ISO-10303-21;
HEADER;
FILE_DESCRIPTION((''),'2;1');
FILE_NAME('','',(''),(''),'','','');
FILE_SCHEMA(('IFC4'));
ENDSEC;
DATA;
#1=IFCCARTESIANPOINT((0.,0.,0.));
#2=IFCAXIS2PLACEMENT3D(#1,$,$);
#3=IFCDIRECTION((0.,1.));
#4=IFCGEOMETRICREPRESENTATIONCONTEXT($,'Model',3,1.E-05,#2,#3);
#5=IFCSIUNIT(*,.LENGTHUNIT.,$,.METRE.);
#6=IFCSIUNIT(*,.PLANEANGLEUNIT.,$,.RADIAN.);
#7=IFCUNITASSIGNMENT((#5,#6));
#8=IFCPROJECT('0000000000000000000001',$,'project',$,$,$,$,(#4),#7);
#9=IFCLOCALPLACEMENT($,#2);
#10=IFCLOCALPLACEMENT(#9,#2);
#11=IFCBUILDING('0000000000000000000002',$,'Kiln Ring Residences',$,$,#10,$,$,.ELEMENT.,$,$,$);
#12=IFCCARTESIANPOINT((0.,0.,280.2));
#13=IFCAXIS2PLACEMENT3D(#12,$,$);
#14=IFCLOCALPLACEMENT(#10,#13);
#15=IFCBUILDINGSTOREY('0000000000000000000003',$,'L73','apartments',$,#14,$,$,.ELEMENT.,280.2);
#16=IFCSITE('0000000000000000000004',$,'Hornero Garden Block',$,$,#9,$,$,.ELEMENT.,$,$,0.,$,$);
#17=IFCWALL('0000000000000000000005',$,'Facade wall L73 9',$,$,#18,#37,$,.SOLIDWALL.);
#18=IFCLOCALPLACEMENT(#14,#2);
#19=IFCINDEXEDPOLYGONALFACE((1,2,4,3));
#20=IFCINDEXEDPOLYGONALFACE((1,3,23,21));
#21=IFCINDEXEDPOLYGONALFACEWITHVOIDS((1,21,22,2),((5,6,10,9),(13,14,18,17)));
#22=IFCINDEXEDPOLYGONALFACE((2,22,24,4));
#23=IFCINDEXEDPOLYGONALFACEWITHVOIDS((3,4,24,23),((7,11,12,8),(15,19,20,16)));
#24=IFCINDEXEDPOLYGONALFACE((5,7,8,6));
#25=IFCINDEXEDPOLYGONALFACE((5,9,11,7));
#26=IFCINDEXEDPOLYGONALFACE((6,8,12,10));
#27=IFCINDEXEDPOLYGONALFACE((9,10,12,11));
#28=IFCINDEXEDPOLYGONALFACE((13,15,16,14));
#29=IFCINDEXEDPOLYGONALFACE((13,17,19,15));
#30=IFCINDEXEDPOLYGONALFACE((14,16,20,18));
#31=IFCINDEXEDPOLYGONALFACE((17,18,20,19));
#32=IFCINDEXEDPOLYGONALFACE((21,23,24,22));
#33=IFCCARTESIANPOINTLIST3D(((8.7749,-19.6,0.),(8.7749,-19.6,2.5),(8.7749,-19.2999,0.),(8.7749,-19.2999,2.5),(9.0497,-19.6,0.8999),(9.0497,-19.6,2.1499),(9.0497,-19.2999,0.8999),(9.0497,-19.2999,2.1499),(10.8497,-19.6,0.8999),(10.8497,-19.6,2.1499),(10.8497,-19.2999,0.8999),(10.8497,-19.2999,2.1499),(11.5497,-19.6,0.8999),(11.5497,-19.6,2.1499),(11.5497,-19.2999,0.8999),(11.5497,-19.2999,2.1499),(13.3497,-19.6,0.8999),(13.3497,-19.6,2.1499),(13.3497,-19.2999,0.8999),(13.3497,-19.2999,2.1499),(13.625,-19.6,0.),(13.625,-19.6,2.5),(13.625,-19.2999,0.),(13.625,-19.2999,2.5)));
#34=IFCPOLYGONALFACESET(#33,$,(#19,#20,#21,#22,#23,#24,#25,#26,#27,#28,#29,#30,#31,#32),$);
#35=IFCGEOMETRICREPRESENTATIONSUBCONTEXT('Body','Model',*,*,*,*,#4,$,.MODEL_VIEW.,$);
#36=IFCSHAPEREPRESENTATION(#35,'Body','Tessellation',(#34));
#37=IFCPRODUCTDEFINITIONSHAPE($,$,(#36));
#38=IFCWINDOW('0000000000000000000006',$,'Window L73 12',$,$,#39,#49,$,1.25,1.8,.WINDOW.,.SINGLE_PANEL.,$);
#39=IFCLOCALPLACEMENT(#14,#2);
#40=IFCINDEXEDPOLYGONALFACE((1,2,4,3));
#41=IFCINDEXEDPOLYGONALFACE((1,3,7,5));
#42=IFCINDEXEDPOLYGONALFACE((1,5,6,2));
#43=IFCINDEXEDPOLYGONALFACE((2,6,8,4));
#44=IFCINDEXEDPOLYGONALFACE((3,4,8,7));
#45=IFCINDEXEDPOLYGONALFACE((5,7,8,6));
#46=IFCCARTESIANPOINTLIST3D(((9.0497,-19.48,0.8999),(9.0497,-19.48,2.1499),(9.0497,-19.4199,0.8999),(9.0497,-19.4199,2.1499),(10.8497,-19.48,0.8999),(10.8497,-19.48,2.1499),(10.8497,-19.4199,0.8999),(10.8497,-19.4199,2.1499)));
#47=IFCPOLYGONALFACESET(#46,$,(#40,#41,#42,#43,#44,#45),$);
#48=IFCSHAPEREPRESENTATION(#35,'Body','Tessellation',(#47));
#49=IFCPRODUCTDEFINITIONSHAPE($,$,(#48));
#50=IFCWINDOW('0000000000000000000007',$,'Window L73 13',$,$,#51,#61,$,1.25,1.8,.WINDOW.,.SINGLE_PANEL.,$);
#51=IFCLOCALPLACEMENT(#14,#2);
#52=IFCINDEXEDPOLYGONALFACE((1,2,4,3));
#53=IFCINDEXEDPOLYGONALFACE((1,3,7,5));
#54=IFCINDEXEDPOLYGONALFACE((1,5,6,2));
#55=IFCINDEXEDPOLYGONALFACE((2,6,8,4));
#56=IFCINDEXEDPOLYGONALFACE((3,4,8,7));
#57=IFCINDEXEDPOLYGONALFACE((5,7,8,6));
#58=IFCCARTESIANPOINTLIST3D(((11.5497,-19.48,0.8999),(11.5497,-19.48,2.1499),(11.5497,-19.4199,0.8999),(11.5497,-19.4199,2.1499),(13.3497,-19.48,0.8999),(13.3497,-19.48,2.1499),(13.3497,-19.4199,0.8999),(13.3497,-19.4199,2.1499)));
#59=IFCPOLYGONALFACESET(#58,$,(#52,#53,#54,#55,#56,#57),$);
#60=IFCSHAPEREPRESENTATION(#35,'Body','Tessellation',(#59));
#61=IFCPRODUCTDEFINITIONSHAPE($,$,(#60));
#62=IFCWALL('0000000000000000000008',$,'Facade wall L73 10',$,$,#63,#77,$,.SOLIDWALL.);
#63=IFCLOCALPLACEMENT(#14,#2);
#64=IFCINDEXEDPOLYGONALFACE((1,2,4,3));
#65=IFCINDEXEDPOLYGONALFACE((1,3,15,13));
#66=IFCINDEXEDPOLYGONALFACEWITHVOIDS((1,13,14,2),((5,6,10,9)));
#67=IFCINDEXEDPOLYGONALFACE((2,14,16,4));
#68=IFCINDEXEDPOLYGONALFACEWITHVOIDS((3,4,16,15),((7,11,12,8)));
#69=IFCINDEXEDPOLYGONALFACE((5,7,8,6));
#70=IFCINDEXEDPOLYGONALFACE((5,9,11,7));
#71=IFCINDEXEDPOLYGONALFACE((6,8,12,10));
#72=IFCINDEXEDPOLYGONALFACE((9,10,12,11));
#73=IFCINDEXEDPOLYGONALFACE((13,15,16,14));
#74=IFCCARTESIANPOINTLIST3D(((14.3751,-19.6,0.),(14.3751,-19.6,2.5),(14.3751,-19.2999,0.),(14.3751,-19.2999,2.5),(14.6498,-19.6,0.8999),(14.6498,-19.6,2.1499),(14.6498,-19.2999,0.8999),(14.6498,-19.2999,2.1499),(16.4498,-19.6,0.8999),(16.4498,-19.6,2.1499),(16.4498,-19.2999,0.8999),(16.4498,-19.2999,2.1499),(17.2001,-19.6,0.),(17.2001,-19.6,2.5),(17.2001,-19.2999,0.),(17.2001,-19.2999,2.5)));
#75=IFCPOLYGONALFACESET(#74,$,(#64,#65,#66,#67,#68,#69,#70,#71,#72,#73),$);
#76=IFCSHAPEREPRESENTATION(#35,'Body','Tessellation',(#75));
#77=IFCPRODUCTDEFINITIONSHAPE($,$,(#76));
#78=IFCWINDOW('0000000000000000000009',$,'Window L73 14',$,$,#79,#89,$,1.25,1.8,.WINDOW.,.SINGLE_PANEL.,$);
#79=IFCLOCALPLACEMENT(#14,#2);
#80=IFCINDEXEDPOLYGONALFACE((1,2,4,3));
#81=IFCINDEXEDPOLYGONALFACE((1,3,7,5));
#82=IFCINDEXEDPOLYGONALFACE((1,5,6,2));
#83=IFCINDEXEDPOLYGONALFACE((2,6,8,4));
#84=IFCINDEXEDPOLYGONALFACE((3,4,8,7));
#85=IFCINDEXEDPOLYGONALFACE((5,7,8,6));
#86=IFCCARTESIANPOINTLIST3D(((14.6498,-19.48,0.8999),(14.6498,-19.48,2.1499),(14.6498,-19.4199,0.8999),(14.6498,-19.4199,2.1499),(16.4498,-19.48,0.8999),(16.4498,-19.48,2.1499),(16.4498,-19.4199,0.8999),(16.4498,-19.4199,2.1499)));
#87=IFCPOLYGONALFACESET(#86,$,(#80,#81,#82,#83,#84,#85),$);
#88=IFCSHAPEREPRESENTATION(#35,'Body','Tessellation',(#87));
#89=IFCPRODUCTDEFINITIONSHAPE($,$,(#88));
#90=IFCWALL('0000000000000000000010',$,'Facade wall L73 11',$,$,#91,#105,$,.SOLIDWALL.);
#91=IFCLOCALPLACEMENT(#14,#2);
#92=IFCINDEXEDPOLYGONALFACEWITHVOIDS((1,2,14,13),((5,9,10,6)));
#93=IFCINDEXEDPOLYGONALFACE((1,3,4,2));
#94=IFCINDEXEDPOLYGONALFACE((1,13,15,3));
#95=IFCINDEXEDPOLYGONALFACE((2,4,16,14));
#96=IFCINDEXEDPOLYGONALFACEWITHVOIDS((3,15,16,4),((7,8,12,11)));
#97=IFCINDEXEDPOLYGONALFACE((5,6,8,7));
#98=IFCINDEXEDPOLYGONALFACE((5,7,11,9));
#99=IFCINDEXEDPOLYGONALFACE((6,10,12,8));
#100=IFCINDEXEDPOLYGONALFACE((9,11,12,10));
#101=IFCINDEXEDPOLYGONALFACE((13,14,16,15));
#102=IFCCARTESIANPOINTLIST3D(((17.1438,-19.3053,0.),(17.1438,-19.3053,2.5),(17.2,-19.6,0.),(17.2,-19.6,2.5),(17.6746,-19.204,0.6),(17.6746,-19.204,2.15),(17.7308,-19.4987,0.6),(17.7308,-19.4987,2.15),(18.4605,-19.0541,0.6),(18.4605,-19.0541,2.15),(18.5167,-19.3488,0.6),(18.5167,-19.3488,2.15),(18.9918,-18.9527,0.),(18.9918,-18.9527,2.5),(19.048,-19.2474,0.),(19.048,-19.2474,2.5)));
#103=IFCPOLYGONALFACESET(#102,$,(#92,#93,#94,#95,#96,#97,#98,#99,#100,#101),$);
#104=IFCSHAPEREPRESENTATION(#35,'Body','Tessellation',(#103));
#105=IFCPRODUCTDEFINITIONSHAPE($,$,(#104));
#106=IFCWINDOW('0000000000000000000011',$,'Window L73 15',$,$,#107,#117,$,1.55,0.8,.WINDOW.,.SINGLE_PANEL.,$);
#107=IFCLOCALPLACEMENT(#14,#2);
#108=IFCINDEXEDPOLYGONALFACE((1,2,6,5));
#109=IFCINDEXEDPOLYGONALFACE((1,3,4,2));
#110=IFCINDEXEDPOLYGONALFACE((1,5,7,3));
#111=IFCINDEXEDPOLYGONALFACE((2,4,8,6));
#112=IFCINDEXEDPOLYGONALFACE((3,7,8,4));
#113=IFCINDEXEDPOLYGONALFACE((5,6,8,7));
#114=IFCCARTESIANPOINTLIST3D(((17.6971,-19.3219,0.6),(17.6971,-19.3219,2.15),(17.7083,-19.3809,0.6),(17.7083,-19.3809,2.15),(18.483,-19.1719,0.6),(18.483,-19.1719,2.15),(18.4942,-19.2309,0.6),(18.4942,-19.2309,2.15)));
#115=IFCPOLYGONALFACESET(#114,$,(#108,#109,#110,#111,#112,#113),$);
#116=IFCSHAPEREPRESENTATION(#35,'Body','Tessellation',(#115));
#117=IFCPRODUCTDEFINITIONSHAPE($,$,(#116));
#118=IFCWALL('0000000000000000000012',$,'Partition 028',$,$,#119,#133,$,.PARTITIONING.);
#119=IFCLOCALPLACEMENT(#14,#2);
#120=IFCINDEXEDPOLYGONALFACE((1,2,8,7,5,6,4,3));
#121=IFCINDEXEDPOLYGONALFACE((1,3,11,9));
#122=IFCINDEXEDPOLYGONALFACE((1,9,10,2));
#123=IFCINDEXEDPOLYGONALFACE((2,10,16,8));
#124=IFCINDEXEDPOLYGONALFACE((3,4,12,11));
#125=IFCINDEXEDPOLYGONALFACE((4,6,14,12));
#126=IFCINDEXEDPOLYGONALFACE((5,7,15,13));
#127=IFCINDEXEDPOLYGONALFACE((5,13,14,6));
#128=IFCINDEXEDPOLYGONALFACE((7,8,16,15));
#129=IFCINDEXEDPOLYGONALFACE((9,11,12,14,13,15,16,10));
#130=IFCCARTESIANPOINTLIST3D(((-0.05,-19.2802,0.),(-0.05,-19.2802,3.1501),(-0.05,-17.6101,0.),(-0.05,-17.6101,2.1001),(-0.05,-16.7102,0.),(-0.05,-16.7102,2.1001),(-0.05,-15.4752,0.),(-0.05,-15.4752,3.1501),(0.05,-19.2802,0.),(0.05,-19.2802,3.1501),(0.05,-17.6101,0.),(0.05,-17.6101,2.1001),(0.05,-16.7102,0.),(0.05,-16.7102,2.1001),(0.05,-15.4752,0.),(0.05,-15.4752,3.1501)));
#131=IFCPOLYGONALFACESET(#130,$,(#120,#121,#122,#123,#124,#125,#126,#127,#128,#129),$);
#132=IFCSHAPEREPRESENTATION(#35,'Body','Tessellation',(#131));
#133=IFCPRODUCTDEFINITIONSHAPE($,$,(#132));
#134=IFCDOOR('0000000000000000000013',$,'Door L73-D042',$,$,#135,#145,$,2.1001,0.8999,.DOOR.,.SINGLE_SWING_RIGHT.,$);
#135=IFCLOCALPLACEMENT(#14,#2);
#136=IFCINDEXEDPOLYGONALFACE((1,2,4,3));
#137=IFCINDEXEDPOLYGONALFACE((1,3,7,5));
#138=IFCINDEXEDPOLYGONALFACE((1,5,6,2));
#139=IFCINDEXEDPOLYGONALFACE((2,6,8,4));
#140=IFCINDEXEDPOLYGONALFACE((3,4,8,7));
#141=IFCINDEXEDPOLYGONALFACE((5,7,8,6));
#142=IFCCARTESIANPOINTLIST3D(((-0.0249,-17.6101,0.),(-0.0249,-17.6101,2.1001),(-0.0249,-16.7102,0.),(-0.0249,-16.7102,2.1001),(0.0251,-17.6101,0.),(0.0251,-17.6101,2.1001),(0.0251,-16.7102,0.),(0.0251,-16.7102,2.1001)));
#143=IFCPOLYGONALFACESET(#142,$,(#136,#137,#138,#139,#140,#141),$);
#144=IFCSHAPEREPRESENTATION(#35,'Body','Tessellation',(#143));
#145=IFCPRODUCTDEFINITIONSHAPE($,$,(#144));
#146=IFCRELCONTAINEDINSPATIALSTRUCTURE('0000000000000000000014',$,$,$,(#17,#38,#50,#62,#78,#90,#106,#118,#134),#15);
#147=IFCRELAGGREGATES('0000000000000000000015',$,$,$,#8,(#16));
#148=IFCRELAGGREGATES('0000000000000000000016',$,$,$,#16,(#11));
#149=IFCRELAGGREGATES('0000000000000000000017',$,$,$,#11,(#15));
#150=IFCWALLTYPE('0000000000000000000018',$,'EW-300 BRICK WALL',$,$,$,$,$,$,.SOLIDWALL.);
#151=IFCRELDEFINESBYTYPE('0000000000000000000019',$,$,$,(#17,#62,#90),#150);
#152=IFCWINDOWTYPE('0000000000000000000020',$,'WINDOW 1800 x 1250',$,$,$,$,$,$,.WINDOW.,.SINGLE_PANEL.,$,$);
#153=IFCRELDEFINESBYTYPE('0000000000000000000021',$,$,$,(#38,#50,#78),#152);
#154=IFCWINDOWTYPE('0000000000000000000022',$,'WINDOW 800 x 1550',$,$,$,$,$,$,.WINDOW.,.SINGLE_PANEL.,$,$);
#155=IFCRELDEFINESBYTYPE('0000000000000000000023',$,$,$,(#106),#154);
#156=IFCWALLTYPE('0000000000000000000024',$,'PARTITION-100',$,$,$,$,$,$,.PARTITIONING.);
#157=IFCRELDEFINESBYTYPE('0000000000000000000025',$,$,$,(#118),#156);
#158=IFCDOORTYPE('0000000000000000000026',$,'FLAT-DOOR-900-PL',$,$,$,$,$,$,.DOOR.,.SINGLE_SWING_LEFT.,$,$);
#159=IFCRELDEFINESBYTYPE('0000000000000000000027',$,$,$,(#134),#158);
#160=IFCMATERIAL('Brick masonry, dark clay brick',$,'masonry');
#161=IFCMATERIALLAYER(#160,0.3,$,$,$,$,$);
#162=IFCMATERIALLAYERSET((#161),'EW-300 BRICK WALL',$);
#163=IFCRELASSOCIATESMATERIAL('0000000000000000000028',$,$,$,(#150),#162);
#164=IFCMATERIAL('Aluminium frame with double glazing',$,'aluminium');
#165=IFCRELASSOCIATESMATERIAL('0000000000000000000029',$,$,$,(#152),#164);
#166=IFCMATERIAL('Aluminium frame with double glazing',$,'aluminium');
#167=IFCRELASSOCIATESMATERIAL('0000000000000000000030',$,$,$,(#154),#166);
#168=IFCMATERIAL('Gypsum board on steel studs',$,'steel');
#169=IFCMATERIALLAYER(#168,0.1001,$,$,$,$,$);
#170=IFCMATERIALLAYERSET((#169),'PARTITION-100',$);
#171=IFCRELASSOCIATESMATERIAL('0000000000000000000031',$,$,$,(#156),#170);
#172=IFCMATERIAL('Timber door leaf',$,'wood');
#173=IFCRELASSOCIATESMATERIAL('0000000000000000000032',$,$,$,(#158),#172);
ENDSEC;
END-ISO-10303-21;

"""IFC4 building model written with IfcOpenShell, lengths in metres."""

from ifc_helpers import new_model, si_unit, direction, frame, frame_2d, origin, place, context, subcontext, project, spatial, rectangle, extrude, material, layer, layer_set, type_object, element, fill, save


model = new_model("IFC4")

# Units and contexts
model_context = context("Model", 3, precision=1e-05, world=origin(), true_north=direction((0.0, 1.0)))
body_context = subcontext(model_context, "Body", "Model", "MODEL_VIEW")
ifc_project = project(units=[si_unit("LENGTHUNIT", "METRE"), si_unit("PLANEANGLEUNIT", "RADIAN")], contexts=[model_context])

# Site, building, storey
site_placement = place(None, origin())
site = spatial("IfcSite", under=ifc_project, at=site_placement, Name="Hornero Garden Block", CompositionType="ELEMENT", RefElevation=0.0)
building_placement = place(site_placement, origin())
building = spatial("IfcBuilding", under=site, at=building_placement, Name="Kiln Ring Residences", CompositionType="ELEMENT")
storey_placement = place(building_placement, frame((0.0, 0.0, 280.2)))
storey = spatial("IfcBuildingStorey", under=building, at=storey_placement, Name="L73", Description="apartments", CompositionType="ELEMENT", Elevation=280.2)

# Wall, openings, windows
ifc_material_1 = material(Name="Brick masonry, dark clay brick", Category="masonry")
ifc_layer_1 = layer(ifc_material_1, 0.3)
ifc_layer_set_1 = layer_set([ifc_layer_1], Name="EW-300 BRICK WALL")
wall_type_1 = type_object("IfcWallType", Name="EW-300 BRICK WALL", PredefinedType="SOLIDWALL", material=ifc_layer_set_1)
ifc_material_2 = material(Name="Aluminium frame with double glazing", Category="aluminium")
window_type_1 = type_object("IfcWindowType", Name="WINDOW 1800 x 1250", PartitioningType="SINGLE_PANEL", PredefinedType="WINDOW", material=ifc_material_2)
wall_1_placement = place(storey_placement, frame((8.7749, -19.45, 0.0), z_axis=(0.0, 0.0, 1.0), x_axis=(1.0, 0.0, 0.0)))
wall_1 = element("IfcWall", 1, at=wall_1_placement, inside=storey, type_object=wall_type_1, Name="Facade wall L73 9", PredefinedType="SOLIDWALL", context=body_context, shape_type="SweptSolid", body=[
    extrude(rectangle(XDim=4.8501, YDim=0.3, at=frame_2d((2.425, 0.0))), origin(), (0.0, 0.0, 1.0), 2.5),
])
opening_1_placement = place(wall_1_placement, frame((0.2749, 0.0, 0.8999)))
opening_1 = element("IfcOpeningElement", 2, at=opening_1_placement, cuts=wall_1, PredefinedType="OPENING", context=body_context, shape_type="SweptSolid", body=[
    extrude(rectangle(XDim=1.8, YDim=1.25, at=frame_2d((0.8999, 0.625))), frame((0.0, 0.1599, 0.0), z_axis=(0.0, -1.0, 0.0), x_axis=(1.0, 0.0, 0.0)), (0.0, 0.0, 1.0), 0.3201),
])
opening_2_placement = place(wall_1_placement, frame((2.7749, 0.0, 0.8999)))
opening_2 = element("IfcOpeningElement", 3, at=opening_2_placement, cuts=wall_1, PredefinedType="OPENING", context=body_context, shape_type="SweptSolid", body=[
    extrude(rectangle(XDim=1.8, YDim=1.25, at=frame_2d((0.8999, 0.625))), frame((0.0, 0.1599, 0.0), z_axis=(0.0, -1.0, 0.0), x_axis=(1.0, 0.0, 0.0)), (0.0, 0.0, 1.0), 0.3201),
])
window_1_placement = place(opening_1_placement, origin())
window_1 = element("IfcWindow", 4, at=window_1_placement, inside=storey, type_object=window_type_1, Name="Window L73 12", OverallHeight=1.25, OverallWidth=1.8, PartitioningType="SINGLE_PANEL", PredefinedType="WINDOW", context=body_context, shape_type="SweptSolid", body=[
    extrude(rectangle(XDim=1.8, YDim=1.25, at=frame_2d((0.8999, 0.625))), frame((0.0, 0.03, 0.0), z_axis=(0.0, -1.0, 0.0), x_axis=(1.0, 0.0, 0.0)), (0.0, 0.0, 1.0), 0.0601),
])
fill(opening_1, window_1)
window_2_placement = place(opening_2_placement, origin())
window_2 = element("IfcWindow", 5, at=window_2_placement, inside=storey, type_object=window_type_1, Name="Window L73 13", OverallHeight=1.25, OverallWidth=1.8, PartitioningType="SINGLE_PANEL", PredefinedType="WINDOW", context=body_context, shape_type="SweptSolid", body=[
    extrude(rectangle(XDim=1.8, YDim=1.25, at=frame_2d((0.8999, 0.625))), frame((0.0, 0.03, 0.0), z_axis=(0.0, -1.0, 0.0), x_axis=(1.0, 0.0, 0.0)), (0.0, 0.0, 1.0), 0.0601),
])
fill(opening_2, window_2)

# Walls, openings, windows
wall_2_placement = place(storey_placement, frame((14.375, -19.45, 0.0), z_axis=(0.0, 0.0, 1.0), x_axis=(1.0, 0.0, 0.0)))
wall_2 = element("IfcWall", 6, at=wall_2_placement, inside=storey, type_object=wall_type_1, Name="Facade wall L73 10", PredefinedType="SOLIDWALL", context=body_context, shape_type="SweptSolid", body=[
    extrude(rectangle(XDim=2.825, YDim=0.3, at=frame_2d((1.4126, 0.0))), origin(), (0.0, 0.0, 1.0), 2.5),
])
opening_3_placement = place(wall_2_placement, frame((0.2749, 0.0, 0.8999)))
opening_3 = element("IfcOpeningElement", 7, at=opening_3_placement, cuts=wall_2, PredefinedType="OPENING", context=body_context, shape_type="SweptSolid", body=[
    extrude(rectangle(XDim=1.8, YDim=1.25, at=frame_2d((0.8999, 0.625))), frame((0.0, 0.1599, 0.0), z_axis=(0.0, -1.0, 0.0), x_axis=(1.0, 0.0, 0.0)), (0.0, 0.0, 1.0), 0.3201),
])
window_3_placement = place(opening_3_placement, origin())
window_3 = element("IfcWindow", 8, at=window_3_placement, inside=storey, type_object=window_type_1, Name="Window L73 14", OverallHeight=1.25, OverallWidth=1.8, PartitioningType="SINGLE_PANEL", PredefinedType="WINDOW", context=body_context, shape_type="SweptSolid", body=[
    extrude(rectangle(XDim=1.8, YDim=1.25, at=frame_2d((0.8999, 0.625))), frame((0.0, 0.03, 0.0), z_axis=(0.0, -1.0, 0.0), x_axis=(1.0, 0.0, 0.0)), (0.0, 0.0, 1.0), 0.0601),
])
fill(opening_3, window_3)
wall_3_placement = place(storey_placement, frame((17.1719, -19.4526, 0.0), z_axis=(0.0, 0.0, 1.0), x_axis=(0.982284, 0.187398, 0.0)))
wall_3 = element("IfcWall", 9, at=wall_3_placement, inside=storey, type_object=wall_type_1, Name="Facade wall L73 11", PredefinedType="SOLIDWALL", context=body_context, shape_type="SweptSolid", body=[
    extrude(rectangle(XDim=1.8813, YDim=0.3, at=frame_2d((0.9407, 0.0))), origin(), (0.0, 0.0, 1.0), 2.5),
])
opening_4_placement = place(wall_3_placement, frame((0.5405, 0.0, 0.6001)))
opening_4 = element("IfcOpeningElement", 10, at=opening_4_placement, cuts=wall_3, PredefinedType="OPENING", context=body_context, shape_type="SweptSolid", body=[
    extrude(rectangle(XDim=0.8, YDim=1.55, at=frame_2d((0.3999, 0.7749))), frame((0.0, 0.1599, 0.0), z_axis=(0.0, -1.0, 0.0), x_axis=(1.0, 0.0, 0.0)), (0.0, 0.0, 1.0), 0.3201),
])
ifc_material_3 = material(Name="Aluminium frame with double glazing", Category="aluminium")
window_type_2 = type_object("IfcWindowType", Name="WINDOW 800 x 1550", PartitioningType="SINGLE_PANEL", PredefinedType="WINDOW", material=ifc_material_3)
window_4_placement = place(opening_4_placement, origin())
window_4 = element("IfcWindow", 11, at=window_4_placement, inside=storey, type_object=window_type_2, Name="Window L73 15", OverallHeight=1.55, OverallWidth=0.8, PartitioningType="SINGLE_PANEL", PredefinedType="WINDOW", context=body_context, shape_type="SweptSolid", body=[
    extrude(rectangle(XDim=0.8, YDim=1.55, at=frame_2d((0.3999, 0.7749))), frame((0.0, 0.03, 0.0), z_axis=(0.0, -1.0, 0.0), x_axis=(1.0, 0.0, 0.0)), (0.0, 0.0, 1.0), 0.0601),
])
fill(opening_4, window_4)

# Wall, opening, door
ifc_material_4 = material(Name="Gypsum board on steel studs", Category="steel")
ifc_layer_2 = layer(ifc_material_4, 0.1001)
ifc_layer_set_2 = layer_set([ifc_layer_2], Name="PARTITION-100")
wall_type_2 = type_object("IfcWallType", Name="PARTITION-100", PredefinedType="PARTITIONING", material=ifc_layer_set_2)
wall_4_placement = place(storey_placement, frame((0.0, -19.28, 0.0), z_axis=(0.0, 0.0, 1.0), x_axis=(0.0, 1.0, 0.0)))
wall_4 = element("IfcWall", 12, at=wall_4_placement, inside=storey, type_object=wall_type_2, Name="Partition 028", PredefinedType="PARTITIONING", context=body_context, shape_type="SweptSolid", body=[
    extrude(rectangle(XDim=3.8049, YDim=0.1001, at=frame_2d((1.9023, 0.0))), origin(), (0.0, 0.0, 1.0), 3.1501),
])
opening_5_placement = place(wall_4_placement, frame((1.6699, 0.0, 0.0)))
opening_5 = element("IfcOpeningElement", 13, at=opening_5_placement, cuts=wall_4, PredefinedType="OPENING", context=body_context, shape_type="SweptSolid", body=[
    extrude(rectangle(XDim=0.8999, YDim=2.1001, at=frame_2d((0.45, 1.05))), frame((0.0, 0.0601, 0.0), z_axis=(0.0, -1.0, 0.0), x_axis=(1.0, 0.0, 0.0)), (0.0, 0.0, 1.0), 0.1201),
])
ifc_material_5 = material(Name="Timber door leaf", Category="wood")
door_type_1 = type_object("IfcDoorType", Name="FLAT-DOOR-900-PL", OperationType="SINGLE_SWING_LEFT", PredefinedType="DOOR", material=ifc_material_5)
door_1_placement = place(opening_5_placement, origin())
door_1 = element("IfcDoor", 14, at=door_1_placement, inside=storey, type_object=door_type_1, Name="Door L73-D042", OperationType="SINGLE_SWING_RIGHT", OverallHeight=2.1001, OverallWidth=0.8999, PredefinedType="DOOR", context=body_context, shape_type="SweptSolid", body=[
    extrude(rectangle(XDim=0.8999, YDim=2.1001, at=frame_2d((0.45, 1.05))), frame((0.0, 0.0249, 0.0), z_axis=(0.0, -1.0, 0.0), x_axis=(1.0, 0.0, 0.0)), (0.0, 0.0, 1.0), 0.05),
])
fill(opening_5, door_1)

save(model, "model.ifc")
